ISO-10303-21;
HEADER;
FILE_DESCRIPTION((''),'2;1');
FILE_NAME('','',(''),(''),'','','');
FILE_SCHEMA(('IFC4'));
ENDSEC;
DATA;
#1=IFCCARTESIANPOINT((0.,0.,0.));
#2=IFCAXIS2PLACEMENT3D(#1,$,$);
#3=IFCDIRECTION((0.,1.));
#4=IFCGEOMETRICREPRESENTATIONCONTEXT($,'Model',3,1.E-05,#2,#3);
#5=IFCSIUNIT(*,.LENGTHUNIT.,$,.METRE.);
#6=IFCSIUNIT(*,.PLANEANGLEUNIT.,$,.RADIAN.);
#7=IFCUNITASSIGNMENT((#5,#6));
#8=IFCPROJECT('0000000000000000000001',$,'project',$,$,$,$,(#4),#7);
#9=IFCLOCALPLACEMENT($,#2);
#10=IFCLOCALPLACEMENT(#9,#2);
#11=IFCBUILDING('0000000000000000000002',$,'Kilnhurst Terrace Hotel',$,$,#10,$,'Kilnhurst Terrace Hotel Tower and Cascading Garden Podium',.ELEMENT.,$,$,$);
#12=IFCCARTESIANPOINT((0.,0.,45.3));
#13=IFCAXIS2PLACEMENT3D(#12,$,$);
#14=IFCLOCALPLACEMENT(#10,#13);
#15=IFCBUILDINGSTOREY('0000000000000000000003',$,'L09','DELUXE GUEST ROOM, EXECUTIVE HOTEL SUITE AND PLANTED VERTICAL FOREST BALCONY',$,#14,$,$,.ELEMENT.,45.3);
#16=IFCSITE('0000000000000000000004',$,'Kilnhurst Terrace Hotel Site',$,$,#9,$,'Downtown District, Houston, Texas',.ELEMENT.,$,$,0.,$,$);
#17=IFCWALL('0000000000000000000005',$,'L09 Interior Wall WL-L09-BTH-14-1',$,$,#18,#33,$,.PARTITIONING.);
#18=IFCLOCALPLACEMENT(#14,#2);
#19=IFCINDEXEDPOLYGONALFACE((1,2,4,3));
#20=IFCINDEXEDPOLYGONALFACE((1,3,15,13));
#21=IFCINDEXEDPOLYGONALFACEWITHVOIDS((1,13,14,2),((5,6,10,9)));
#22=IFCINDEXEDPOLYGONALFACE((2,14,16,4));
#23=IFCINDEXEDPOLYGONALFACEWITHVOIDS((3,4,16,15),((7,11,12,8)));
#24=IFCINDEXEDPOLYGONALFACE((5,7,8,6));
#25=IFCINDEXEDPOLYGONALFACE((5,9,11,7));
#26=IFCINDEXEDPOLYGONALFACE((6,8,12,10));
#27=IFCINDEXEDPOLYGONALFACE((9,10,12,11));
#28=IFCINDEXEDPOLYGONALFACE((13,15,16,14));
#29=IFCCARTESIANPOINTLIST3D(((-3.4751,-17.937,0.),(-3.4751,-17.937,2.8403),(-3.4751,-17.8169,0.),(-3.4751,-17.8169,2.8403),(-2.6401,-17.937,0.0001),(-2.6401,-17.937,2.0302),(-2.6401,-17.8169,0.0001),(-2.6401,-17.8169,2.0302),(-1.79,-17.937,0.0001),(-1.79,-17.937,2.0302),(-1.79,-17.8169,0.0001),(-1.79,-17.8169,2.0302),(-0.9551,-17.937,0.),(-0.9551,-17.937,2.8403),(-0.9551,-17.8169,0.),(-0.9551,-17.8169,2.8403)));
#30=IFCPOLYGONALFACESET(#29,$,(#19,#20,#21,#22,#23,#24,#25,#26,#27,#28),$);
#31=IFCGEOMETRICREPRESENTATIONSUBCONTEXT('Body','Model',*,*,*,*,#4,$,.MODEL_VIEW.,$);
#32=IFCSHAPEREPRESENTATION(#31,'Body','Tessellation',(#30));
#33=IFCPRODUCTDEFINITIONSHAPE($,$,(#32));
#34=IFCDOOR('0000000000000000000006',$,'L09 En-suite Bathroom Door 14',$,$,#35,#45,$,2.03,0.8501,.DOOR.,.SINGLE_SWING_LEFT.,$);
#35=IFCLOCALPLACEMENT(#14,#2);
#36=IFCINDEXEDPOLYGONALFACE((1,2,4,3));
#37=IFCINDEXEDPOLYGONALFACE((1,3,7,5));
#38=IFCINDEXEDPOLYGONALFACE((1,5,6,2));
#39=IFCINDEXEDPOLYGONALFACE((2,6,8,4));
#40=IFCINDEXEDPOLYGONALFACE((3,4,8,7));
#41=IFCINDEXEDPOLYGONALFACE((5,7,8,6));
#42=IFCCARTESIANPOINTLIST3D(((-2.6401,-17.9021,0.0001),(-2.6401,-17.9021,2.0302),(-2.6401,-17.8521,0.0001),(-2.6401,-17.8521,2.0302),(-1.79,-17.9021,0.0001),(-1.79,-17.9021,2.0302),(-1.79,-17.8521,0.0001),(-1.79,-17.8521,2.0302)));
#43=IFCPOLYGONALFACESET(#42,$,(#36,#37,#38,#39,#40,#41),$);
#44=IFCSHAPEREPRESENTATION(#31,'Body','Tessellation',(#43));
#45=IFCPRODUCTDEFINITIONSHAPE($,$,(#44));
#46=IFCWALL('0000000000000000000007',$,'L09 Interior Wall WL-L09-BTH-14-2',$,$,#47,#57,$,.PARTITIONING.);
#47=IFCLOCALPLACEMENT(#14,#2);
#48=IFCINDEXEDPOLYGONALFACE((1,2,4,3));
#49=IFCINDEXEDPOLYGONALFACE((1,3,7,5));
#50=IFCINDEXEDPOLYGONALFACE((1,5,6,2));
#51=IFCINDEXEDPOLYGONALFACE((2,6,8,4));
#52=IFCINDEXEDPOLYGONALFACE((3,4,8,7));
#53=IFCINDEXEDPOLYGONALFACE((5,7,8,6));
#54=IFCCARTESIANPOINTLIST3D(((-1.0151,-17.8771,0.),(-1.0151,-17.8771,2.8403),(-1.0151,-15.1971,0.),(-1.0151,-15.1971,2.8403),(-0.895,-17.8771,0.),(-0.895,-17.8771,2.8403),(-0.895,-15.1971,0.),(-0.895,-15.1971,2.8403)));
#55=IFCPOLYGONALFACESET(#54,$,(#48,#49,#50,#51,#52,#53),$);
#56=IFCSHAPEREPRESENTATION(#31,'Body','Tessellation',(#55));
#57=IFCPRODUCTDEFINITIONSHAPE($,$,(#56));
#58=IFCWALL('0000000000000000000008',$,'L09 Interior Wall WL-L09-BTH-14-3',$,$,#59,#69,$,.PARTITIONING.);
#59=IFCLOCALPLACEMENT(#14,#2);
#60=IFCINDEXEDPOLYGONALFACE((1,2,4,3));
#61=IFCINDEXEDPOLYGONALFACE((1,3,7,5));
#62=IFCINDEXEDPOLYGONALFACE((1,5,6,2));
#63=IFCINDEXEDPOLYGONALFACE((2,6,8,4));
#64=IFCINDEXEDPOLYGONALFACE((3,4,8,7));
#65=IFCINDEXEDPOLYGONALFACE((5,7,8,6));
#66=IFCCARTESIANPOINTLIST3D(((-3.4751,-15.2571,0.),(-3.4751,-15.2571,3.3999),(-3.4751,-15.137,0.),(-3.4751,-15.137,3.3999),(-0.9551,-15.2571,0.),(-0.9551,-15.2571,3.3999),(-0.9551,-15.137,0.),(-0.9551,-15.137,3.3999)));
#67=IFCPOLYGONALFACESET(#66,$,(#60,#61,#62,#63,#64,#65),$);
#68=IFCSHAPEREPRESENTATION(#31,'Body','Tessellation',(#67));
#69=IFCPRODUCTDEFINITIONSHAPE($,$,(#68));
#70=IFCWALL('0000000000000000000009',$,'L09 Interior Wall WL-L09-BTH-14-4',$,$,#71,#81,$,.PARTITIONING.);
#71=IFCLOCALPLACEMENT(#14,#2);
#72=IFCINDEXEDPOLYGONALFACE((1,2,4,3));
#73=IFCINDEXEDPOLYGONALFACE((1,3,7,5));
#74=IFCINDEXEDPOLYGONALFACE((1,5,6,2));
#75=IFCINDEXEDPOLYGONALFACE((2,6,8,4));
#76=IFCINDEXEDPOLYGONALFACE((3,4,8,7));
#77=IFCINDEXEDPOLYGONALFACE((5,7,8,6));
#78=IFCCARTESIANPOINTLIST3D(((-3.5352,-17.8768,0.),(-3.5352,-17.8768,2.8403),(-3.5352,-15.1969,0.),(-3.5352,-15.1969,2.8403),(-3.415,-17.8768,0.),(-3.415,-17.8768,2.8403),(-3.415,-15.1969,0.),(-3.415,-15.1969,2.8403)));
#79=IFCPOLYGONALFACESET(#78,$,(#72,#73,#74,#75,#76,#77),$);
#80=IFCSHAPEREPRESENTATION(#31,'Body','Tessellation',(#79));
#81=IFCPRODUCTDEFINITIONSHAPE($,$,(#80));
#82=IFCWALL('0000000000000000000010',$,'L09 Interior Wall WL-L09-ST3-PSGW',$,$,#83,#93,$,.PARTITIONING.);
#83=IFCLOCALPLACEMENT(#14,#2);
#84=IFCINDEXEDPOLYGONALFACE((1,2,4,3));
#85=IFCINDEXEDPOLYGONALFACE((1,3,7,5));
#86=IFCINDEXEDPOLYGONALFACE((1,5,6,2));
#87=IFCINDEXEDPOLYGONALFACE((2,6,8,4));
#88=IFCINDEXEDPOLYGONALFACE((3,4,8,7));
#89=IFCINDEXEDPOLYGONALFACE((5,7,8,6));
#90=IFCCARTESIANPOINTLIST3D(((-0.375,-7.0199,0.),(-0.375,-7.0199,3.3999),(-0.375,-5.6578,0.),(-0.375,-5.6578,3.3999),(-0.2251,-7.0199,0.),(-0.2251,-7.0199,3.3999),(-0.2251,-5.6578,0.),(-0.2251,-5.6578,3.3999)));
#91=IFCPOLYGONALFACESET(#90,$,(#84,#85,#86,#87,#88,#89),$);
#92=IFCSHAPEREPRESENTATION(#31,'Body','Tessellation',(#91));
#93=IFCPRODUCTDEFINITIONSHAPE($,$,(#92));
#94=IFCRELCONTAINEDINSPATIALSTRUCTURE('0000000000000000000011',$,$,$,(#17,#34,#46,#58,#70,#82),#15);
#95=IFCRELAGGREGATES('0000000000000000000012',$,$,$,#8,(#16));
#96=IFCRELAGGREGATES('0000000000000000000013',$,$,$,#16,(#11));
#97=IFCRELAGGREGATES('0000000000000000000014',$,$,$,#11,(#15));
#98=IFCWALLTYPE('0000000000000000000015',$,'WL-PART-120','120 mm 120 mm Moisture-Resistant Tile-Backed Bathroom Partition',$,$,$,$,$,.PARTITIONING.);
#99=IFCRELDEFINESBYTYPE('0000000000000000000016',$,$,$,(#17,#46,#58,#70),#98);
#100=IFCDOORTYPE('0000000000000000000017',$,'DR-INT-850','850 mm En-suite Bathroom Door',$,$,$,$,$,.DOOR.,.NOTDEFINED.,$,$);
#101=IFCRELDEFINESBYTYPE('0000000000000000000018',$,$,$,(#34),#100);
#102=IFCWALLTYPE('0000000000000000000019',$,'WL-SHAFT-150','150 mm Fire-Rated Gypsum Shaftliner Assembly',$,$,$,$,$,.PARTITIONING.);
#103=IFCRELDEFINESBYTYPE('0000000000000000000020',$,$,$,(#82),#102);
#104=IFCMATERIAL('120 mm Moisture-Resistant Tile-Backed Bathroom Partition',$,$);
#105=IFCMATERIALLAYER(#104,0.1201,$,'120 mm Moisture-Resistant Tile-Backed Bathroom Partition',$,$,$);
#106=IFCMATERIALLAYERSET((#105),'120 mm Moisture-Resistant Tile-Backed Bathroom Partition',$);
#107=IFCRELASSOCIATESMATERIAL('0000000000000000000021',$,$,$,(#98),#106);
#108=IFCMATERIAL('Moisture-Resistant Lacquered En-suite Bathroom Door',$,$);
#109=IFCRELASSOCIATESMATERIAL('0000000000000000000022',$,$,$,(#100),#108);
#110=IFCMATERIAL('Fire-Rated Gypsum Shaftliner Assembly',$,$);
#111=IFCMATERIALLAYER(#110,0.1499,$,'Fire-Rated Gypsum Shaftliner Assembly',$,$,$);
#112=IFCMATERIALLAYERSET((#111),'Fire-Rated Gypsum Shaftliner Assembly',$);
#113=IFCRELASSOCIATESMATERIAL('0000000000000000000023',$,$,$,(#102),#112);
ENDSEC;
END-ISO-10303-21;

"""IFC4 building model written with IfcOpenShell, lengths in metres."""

from ifc_helpers import new_model, si_unit, direction, frame, frame_2d, origin, place, context, subcontext, project, spatial, rectangle, extrude, material, layer, layer_set, type_object, element, fill, save


model = new_model("IFC4")

# Units and contexts
model_context = context("Model", 3, precision=1e-05, world=origin(), true_north=direction((0.0, 1.0)))
body_context = subcontext(model_context, "Body", "Model", "MODEL_VIEW")
ifc_project = project(units=[si_unit("LENGTHUNIT", "METRE"), si_unit("PLANEANGLEUNIT", "RADIAN")], contexts=[model_context])

# Site, building, storey
site_placement = place(None, origin())
site = spatial("IfcSite", under=ifc_project, at=site_placement, Name="Kilnhurst Terrace Hotel Site", LongName="Downtown District, Houston, Texas", CompositionType="ELEMENT", RefElevation=0.0)
building_placement = place(site_placement, origin())
building = spatial("IfcBuilding", under=site, at=building_placement, Name="Kilnhurst Terrace Hotel", LongName="Kilnhurst Terrace Hotel Tower and Cascading Garden Podium", CompositionType="ELEMENT")
storey_placement = place(building_placement, frame((0.0, 0.0, 45.3)))
storey = spatial("IfcBuildingStorey", under=building, at=storey_placement, Name="L09", Description="DELUXE GUEST ROOM, EXECUTIVE HOTEL SUITE AND PLANTED VERTICAL FOREST BALCONY", CompositionType="ELEMENT", Elevation=45.3)

# Wall, opening, door
ifc_material_1 = material(Name="120 mm Moisture-Resistant Tile-Backed Bathroom Partition")
ifc_layer_1 = layer(ifc_material_1, 0.1201, Name="120 mm Moisture-Resistant Tile-Backed Bathroom Partition")
ifc_layer_set_1 = layer_set([ifc_layer_1], Name="120 mm Moisture-Resistant Tile-Backed Bathroom Partition")
wall_type_1 = type_object("IfcWallType", Name="WL-PART-120", Description="120 mm 120 mm Moisture-Resistant Tile-Backed Bathroom Partition", PredefinedType="PARTITIONING", material=ifc_layer_set_1)
wall_1_placement = place(storey_placement, frame((-3.4751, -17.877, 0.0), z_axis=(0.0, 0.0, 1.0), x_axis=(1.0, 0.0, 0.0)))
wall_1 = element("IfcWall", 1, at=wall_1_placement, inside=storey, type_object=wall_type_1, Name="L09 Interior Wall WL-L09-BTH-14-1", PredefinedType="PARTITIONING", context=body_context, shape_type="SweptSolid", body=[
    extrude(rectangle(XDim=2.52, YDim=0.1201, at=frame_2d((1.26, 0.0))), origin(), (0.0, 0.0, 1.0), 2.8403),
])
opening_1_placement = place(wall_1_placement, frame((0.835, 0.0, 0.0)))
opening_1 = element("IfcOpeningElement", 2, at=opening_1_placement, cuts=wall_1, PredefinedType="OPENING", context=body_context, shape_type="SweptSolid", body=[
    extrude(rectangle(XDim=0.8501, YDim=2.03, at=frame_2d((0.425, 1.0151))), frame((0.0, 0.0701, 0.0), z_axis=(0.0, -1.0, 0.0), x_axis=(1.0, 0.0, 0.0)), (0.0, 0.0, 1.0), 0.1401),
])
ifc_material_2 = material(Name="Moisture-Resistant Lacquered En-suite Bathroom Door")
door_type_1 = type_object("IfcDoorType", Name="DR-INT-850", Description="850 mm En-suite Bathroom Door", OperationType="NOTDEFINED", PredefinedType="DOOR", material=ifc_material_2)
door_1_placement = place(opening_1_placement, origin())
door_1 = element("IfcDoor", 3, at=door_1_placement, inside=storey, type_object=door_type_1, Name="L09 En-suite Bathroom Door 14", OperationType="SINGLE_SWING_LEFT", OverallHeight=2.03, OverallWidth=0.8501, PredefinedType="DOOR", context=body_context, shape_type="SweptSolid", body=[
    extrude(rectangle(XDim=0.8501, YDim=2.03, at=frame_2d((0.425, 1.0151))), frame((0.0, 0.0249, 0.0), z_axis=(0.0, -1.0, 0.0), x_axis=(1.0, 0.0, 0.0)), (0.0, 0.0, 1.0), 0.05),
])
fill(opening_1, door_1)

# Walls
wall_2_placement = place(storey_placement, frame((-0.9551, -17.877, 0.0), z_axis=(0.0, 0.0, 1.0), x_axis=(0.0, 1.0, 0.0)))
element("IfcWall", 4, at=wall_2_placement, inside=storey, type_object=wall_type_1, Name="L09 Interior Wall WL-L09-BTH-14-2", PredefinedType="PARTITIONING", context=body_context, shape_type="SweptSolid", body=[
    extrude(rectangle(XDim=2.6799, YDim=0.1201, at=frame_2d((1.3398, 0.0))), origin(), (0.0, 0.0, 1.0), 2.8403),
])
wall_3_placement = place(storey_placement, frame((-0.9551, -15.197, 0.0), z_axis=(0.0, 0.0, 1.0), x_axis=(-1.0, 0.0, 0.0)))
element("IfcWall", 5, at=wall_3_placement, inside=storey, type_object=wall_type_1, Name="L09 Interior Wall WL-L09-BTH-14-3", PredefinedType="PARTITIONING", context=body_context, shape_type="SweptSolid", body=[
    extrude(rectangle(XDim=2.52, YDim=0.1201, at=frame_2d((1.26, 0.0))), origin(), (0.0, 0.0, 1.0), 3.3999),
])
wall_4_placement = place(storey_placement, frame((-3.4751, -15.197, 0.0), z_axis=(0.0, 0.0, 1.0), x_axis=(0.0, -1.0, 0.0)))
element("IfcWall", 6, at=wall_4_placement, inside=storey, type_object=wall_type_1, Name="L09 Interior Wall WL-L09-BTH-14-4", PredefinedType="PARTITIONING", context=body_context, shape_type="SweptSolid", body=[
    extrude(rectangle(XDim=2.6799, YDim=0.1201, at=frame_2d((1.3398, 0.0))), origin(), (0.0, 0.0, 1.0), 2.8403),
])
ifc_material_3 = material(Name="Fire-Rated Gypsum Shaftliner Assembly")
ifc_layer_2 = layer(ifc_material_3, 0.1499, Name="Fire-Rated Gypsum Shaftliner Assembly")
ifc_layer_set_2 = layer_set([ifc_layer_2], Name="Fire-Rated Gypsum Shaftliner Assembly")
wall_type_2 = type_object("IfcWallType", Name="WL-SHAFT-150", Description="150 mm Fire-Rated Gypsum Shaftliner Assembly", PredefinedType="PARTITIONING", material=ifc_layer_set_2)
wall_5_placement = place(storey_placement, frame((-0.3, -7.02, 0.0), z_axis=(0.0, 0.0, 1.0), x_axis=(0.0, 1.0, 0.0)))
element("IfcWall", 7, at=wall_5_placement, inside=storey, type_object=wall_type_2, Name="L09 Interior Wall WL-L09-ST3-PSGW", PredefinedType="PARTITIONING", context=body_context, shape_type="SweptSolid", body=[
    extrude(rectangle(XDim=1.3621, YDim=0.1499, at=frame_2d((0.6812, 0.0))), origin(), (0.0, 0.0, 1.0), 3.3999),
])

save(model, "model.ifc")
